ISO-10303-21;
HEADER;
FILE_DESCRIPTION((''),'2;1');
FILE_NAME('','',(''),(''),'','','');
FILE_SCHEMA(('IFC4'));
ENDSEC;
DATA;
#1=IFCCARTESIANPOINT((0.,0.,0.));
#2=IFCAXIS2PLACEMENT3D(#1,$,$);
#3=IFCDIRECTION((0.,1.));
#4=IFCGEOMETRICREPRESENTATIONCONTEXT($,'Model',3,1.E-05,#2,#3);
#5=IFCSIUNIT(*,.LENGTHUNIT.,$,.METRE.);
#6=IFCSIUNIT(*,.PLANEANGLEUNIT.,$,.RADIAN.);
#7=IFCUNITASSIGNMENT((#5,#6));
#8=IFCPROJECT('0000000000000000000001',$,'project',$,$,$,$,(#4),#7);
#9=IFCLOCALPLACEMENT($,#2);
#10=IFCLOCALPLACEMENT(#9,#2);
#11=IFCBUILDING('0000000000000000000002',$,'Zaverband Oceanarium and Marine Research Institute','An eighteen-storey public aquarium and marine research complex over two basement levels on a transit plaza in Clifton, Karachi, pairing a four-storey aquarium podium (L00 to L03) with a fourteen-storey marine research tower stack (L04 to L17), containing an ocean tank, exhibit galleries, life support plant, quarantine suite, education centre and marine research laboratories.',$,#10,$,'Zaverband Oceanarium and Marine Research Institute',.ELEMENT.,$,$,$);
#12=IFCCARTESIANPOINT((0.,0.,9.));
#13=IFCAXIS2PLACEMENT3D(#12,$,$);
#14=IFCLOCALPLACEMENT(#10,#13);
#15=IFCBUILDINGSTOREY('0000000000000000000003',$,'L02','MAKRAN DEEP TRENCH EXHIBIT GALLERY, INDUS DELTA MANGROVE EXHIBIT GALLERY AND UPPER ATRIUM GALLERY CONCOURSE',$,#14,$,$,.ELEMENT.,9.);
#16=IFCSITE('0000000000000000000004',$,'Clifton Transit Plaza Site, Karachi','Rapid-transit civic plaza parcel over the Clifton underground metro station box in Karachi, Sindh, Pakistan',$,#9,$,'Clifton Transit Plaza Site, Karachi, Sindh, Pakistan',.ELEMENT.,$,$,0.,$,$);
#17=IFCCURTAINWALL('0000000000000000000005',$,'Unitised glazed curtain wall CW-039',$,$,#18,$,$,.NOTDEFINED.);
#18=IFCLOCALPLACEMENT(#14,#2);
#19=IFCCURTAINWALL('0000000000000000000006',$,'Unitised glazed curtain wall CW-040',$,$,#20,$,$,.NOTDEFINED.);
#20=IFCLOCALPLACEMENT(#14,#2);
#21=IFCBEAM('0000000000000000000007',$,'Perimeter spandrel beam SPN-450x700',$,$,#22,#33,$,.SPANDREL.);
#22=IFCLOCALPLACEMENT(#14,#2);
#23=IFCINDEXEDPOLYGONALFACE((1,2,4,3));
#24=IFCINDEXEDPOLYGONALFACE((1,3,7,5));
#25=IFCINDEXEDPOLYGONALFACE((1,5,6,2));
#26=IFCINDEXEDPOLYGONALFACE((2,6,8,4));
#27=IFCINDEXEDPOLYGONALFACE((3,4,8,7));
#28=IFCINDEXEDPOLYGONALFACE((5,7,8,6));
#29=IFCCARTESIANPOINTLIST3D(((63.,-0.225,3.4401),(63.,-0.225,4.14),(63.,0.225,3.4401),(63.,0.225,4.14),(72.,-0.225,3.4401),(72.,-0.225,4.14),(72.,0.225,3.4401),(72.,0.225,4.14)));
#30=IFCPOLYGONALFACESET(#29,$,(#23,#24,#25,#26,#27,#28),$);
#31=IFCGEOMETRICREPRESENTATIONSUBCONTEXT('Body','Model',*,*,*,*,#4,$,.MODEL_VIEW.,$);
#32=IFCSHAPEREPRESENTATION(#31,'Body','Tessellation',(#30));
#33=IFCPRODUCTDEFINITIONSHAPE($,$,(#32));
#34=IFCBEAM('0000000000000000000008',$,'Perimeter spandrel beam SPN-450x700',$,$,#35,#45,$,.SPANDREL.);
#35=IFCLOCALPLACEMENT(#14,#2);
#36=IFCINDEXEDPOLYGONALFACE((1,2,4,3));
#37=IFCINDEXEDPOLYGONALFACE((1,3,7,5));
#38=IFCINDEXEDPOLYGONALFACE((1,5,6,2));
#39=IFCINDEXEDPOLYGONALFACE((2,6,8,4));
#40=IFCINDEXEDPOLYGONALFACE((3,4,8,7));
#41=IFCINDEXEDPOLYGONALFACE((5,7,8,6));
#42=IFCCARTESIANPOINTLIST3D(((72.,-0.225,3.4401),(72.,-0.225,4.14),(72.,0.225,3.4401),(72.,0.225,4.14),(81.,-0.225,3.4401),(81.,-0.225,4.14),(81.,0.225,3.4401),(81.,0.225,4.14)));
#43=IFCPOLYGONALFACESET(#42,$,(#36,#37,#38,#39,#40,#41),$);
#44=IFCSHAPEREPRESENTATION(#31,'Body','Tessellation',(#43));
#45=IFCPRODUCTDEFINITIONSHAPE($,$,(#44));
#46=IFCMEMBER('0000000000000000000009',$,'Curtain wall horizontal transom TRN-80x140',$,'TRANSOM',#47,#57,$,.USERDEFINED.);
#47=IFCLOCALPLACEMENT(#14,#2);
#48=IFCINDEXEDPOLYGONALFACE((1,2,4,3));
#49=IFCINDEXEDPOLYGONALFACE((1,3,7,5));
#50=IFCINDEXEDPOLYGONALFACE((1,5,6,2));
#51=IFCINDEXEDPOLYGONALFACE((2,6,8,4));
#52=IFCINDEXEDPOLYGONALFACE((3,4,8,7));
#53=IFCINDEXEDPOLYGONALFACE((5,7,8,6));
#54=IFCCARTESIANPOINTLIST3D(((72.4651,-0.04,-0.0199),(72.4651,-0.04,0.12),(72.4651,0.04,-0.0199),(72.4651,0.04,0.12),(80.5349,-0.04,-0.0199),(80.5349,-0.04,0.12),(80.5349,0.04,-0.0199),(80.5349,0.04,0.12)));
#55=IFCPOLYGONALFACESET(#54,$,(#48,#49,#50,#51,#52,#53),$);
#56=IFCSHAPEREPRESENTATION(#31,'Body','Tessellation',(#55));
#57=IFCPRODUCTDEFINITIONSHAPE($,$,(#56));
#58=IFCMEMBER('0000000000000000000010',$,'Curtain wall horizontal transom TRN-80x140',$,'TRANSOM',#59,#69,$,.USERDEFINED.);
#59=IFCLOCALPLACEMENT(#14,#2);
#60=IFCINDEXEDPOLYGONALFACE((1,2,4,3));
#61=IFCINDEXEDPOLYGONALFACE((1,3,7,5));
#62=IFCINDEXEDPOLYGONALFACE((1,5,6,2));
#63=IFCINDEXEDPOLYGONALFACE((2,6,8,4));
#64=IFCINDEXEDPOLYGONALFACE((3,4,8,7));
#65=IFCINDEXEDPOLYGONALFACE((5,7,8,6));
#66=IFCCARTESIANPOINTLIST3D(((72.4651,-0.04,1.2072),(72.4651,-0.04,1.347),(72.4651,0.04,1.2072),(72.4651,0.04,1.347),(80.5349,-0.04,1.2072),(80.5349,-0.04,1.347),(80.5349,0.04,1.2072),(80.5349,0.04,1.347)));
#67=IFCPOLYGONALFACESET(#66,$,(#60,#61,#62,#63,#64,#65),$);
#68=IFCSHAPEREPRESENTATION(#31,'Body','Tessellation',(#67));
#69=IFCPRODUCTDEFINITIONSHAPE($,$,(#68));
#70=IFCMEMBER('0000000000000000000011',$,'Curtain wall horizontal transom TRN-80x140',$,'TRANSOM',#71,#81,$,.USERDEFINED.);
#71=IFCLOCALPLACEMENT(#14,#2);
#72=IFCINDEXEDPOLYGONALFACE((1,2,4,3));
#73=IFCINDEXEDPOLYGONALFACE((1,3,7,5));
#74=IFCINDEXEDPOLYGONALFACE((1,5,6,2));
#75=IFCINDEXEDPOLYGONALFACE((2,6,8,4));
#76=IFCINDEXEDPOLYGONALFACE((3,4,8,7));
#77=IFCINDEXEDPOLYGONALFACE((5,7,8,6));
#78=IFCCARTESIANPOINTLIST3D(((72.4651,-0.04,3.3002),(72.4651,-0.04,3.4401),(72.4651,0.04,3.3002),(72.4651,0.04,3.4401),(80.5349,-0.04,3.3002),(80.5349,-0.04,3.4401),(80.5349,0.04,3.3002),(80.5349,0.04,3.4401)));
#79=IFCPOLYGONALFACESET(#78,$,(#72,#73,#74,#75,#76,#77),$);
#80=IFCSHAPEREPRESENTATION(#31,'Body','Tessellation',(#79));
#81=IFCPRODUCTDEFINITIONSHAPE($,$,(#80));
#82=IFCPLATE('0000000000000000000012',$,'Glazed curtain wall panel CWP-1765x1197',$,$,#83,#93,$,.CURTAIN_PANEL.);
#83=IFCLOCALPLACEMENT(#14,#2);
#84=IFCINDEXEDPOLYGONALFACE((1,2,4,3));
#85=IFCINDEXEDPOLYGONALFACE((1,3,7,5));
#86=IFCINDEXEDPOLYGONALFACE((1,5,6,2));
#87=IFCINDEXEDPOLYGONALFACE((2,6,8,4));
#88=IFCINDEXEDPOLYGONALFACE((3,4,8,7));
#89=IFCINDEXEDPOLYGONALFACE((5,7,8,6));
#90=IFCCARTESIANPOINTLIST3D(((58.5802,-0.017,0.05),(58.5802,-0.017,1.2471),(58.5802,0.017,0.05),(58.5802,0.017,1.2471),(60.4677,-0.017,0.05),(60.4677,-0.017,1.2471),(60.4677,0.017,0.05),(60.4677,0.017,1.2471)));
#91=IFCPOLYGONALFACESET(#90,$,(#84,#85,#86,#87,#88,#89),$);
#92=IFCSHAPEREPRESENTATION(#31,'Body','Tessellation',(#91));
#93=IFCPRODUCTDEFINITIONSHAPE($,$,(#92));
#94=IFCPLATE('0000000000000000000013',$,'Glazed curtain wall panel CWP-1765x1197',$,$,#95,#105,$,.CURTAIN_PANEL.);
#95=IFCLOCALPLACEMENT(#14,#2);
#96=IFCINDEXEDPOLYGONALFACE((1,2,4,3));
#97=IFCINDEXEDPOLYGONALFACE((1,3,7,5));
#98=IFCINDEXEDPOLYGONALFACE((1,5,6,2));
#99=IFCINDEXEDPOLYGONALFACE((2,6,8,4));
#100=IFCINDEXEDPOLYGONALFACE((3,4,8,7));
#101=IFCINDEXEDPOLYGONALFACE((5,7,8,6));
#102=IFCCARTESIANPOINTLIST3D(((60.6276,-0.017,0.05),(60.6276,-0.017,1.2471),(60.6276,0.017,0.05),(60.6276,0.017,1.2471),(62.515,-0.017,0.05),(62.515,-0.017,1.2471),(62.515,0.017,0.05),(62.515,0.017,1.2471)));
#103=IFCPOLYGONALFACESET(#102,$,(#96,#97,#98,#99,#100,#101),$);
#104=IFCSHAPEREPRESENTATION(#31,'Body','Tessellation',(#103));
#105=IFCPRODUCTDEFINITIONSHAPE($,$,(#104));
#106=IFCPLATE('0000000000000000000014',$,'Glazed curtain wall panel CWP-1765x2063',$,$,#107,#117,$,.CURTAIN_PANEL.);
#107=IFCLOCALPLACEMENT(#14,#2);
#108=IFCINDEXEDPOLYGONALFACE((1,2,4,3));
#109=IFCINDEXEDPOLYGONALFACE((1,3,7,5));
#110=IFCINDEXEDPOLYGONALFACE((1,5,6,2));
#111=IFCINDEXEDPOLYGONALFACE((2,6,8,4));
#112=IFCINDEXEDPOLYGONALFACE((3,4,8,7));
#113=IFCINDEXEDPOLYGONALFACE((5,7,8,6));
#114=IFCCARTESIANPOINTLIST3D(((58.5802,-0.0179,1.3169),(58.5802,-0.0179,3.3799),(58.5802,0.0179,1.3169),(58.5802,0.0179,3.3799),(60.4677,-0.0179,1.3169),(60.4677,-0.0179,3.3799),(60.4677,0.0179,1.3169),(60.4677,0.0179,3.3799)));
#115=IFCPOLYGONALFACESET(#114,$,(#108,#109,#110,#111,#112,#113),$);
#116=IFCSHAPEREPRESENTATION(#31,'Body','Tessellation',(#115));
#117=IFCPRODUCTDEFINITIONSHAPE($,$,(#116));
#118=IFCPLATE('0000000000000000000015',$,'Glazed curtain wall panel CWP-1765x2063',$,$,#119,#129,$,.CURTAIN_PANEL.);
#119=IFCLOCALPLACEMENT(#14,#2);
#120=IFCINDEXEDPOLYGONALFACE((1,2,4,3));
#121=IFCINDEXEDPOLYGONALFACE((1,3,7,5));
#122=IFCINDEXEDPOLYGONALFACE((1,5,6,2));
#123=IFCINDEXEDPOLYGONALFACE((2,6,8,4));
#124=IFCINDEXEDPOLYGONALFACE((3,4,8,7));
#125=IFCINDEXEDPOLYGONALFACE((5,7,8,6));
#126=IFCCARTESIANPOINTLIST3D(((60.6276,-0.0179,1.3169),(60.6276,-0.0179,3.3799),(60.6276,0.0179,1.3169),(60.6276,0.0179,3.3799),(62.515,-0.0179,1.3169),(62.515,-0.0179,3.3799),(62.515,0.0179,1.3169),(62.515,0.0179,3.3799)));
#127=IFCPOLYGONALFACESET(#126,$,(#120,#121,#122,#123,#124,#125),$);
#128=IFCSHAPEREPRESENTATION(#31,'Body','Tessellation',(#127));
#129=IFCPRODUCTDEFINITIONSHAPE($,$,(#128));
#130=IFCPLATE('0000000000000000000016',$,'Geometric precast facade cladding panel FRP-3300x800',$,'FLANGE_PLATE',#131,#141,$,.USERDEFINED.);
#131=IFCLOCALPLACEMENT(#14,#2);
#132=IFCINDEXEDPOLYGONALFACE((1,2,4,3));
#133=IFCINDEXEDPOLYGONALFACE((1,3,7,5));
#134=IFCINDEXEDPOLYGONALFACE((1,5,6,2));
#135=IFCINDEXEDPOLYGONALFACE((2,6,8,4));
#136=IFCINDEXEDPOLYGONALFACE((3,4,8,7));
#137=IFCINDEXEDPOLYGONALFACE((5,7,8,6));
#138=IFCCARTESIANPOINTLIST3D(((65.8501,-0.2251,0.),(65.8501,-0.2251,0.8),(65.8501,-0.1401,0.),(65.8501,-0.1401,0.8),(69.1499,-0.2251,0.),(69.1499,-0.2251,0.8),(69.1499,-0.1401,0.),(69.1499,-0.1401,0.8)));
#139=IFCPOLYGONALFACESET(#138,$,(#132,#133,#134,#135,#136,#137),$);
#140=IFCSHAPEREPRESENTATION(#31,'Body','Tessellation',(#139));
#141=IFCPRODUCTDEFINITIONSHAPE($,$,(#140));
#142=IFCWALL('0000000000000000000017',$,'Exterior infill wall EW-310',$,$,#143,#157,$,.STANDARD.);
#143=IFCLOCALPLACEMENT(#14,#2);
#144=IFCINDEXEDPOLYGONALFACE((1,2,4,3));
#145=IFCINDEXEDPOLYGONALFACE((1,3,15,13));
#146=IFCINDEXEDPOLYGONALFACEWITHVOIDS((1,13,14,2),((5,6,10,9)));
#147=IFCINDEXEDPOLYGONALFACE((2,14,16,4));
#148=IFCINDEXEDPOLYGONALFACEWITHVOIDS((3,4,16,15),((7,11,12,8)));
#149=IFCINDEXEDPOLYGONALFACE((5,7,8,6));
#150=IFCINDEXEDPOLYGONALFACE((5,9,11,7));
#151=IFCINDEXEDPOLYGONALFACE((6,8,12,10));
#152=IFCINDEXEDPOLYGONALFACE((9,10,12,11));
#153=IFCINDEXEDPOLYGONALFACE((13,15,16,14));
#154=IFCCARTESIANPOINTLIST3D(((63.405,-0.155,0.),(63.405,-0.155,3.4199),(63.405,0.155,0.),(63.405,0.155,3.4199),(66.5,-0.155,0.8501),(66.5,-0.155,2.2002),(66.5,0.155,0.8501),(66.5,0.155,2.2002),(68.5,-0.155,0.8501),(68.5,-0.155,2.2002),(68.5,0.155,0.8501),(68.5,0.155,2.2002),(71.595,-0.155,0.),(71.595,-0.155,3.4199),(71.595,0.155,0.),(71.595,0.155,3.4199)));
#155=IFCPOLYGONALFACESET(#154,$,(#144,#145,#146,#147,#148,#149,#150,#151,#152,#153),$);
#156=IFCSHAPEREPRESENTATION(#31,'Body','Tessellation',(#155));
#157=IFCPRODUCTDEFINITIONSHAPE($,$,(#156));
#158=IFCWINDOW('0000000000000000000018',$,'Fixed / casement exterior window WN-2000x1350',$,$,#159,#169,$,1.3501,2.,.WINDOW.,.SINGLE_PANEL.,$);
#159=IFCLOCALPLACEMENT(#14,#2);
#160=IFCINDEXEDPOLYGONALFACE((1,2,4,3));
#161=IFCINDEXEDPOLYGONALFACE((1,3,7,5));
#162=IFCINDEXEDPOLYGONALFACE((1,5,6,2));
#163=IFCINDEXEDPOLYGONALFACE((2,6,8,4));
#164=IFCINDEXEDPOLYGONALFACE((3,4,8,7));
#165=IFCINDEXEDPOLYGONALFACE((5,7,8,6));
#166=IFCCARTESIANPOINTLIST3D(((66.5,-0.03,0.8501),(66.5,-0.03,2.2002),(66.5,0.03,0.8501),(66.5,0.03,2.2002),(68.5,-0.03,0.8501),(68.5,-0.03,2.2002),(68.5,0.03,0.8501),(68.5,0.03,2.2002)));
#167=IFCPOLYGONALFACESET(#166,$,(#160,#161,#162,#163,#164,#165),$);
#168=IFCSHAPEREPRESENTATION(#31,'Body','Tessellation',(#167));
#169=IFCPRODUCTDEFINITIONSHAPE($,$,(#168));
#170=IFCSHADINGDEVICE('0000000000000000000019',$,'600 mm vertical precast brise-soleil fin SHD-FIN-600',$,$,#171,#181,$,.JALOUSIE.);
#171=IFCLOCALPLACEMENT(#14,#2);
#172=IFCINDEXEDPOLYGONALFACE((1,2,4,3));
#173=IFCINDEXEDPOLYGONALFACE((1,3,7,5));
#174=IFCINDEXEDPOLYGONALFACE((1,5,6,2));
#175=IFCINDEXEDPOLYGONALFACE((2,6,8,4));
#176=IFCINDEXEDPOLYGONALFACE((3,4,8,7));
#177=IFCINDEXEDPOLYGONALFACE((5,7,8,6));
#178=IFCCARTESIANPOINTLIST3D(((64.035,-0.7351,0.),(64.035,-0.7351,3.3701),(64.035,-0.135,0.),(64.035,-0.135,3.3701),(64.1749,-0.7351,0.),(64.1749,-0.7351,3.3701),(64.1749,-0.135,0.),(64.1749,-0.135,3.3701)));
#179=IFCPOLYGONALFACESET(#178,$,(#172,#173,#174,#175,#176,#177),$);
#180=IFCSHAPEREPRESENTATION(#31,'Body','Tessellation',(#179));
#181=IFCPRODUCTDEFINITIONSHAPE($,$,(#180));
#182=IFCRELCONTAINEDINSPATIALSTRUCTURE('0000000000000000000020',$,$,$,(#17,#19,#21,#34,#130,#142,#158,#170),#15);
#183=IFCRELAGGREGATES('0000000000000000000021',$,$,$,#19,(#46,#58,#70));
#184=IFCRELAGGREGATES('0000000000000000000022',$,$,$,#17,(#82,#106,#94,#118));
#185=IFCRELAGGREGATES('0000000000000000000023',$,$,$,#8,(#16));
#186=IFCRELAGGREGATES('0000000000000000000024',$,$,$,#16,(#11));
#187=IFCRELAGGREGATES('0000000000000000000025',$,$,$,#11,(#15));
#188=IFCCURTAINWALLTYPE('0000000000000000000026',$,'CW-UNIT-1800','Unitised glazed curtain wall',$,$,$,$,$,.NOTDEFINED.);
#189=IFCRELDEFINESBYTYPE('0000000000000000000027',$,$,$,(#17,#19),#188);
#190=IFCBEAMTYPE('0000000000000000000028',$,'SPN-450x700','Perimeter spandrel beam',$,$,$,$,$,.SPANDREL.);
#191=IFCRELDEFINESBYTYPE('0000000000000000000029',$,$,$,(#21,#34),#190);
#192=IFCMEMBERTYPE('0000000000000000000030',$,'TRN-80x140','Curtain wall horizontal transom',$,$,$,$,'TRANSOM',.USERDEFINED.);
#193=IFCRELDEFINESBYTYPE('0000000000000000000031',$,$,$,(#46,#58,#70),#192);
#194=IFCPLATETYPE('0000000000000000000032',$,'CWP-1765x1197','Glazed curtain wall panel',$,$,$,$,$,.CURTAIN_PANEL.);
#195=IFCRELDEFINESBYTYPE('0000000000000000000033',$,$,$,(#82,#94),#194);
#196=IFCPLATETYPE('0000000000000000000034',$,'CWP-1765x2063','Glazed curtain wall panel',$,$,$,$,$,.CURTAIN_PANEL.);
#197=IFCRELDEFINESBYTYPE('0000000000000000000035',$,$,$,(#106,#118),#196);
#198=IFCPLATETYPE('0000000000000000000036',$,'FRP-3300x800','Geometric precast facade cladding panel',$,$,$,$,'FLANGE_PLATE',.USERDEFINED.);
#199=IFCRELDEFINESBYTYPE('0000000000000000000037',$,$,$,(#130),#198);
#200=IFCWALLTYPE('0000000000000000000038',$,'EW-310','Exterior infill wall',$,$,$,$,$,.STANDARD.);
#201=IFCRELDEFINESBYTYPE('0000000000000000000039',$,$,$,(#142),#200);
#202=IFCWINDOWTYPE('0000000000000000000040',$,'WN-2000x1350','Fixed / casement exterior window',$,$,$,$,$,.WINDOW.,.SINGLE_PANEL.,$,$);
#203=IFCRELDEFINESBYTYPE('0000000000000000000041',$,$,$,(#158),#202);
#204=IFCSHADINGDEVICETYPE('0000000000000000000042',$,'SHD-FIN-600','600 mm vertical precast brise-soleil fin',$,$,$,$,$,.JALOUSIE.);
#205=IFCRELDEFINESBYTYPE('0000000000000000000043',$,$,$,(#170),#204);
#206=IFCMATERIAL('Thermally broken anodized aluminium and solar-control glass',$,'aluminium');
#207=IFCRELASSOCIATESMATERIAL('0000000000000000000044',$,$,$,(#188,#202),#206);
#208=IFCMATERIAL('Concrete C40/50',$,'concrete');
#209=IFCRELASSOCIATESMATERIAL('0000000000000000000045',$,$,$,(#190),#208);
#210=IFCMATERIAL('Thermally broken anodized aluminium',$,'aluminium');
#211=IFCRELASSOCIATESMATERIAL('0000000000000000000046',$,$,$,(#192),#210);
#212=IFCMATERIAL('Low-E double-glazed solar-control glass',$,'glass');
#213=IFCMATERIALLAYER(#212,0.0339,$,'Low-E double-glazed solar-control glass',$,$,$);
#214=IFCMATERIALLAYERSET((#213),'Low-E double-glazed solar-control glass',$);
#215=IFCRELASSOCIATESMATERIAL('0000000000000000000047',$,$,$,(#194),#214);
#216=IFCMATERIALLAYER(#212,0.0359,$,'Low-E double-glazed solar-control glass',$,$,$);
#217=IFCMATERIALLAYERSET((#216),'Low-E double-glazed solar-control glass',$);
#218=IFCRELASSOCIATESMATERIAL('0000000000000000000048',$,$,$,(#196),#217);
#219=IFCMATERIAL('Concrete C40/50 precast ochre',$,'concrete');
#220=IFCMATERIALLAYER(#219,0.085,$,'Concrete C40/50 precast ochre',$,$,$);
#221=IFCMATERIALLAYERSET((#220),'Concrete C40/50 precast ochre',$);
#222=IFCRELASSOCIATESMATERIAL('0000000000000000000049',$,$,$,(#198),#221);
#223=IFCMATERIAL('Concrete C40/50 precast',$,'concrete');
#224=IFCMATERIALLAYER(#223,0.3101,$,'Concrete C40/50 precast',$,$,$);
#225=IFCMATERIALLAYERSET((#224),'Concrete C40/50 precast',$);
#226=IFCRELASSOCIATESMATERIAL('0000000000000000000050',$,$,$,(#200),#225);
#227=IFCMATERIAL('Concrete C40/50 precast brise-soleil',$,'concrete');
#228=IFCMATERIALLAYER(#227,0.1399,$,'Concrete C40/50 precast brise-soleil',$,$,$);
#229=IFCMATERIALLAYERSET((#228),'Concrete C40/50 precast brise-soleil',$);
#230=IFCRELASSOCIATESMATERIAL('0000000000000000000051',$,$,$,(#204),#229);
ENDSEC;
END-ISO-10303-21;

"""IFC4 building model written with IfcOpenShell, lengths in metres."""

from ifc_helpers import new_model, si_unit, direction, frame, frame_2d, origin, origin_2d, place, context, subcontext, project, spatial, rectangle, extrude, material, layer, layer_set, material_profile, profile_set, type_object, element, fill, aggregate, save


model = new_model("IFC4")

# Units and contexts
model_context = context("Model", 3, precision=1e-05, world=origin(), true_north=direction((0.0, 1.0)))
body_context = subcontext(model_context, "Body", "Model", "MODEL_VIEW")
ifc_project = project(units=[si_unit("LENGTHUNIT", "METRE"), si_unit("PLANEANGLEUNIT", "RADIAN")], contexts=[model_context])

# Site, building, storey
site_placement = place(None, origin())
site = spatial("IfcSite", under=ifc_project, at=site_placement, Name="Clifton Transit Plaza Site, Karachi", Description="Rapid-transit civic plaza parcel over the Clifton underground metro station box in Karachi, Sindh, Pakistan", LongName="Clifton Transit Plaza Site, Karachi, Sindh, Pakistan", CompositionType="ELEMENT", RefElevation=0.0)
building_placement = place(site_placement, origin())
building = spatial("IfcBuilding", under=site, at=building_placement, Name="Zaverband Oceanarium and Marine Research Institute", Description="An eighteen-storey public aquarium and marine research complex over two basement levels on a transit plaza in Clifton, Karachi, pairing a four-storey aquarium podium (L00 to L03) with a fourteen-storey marine research tower stack (L04 to L17), containing an ocean tank, exhibit galleries, life support plant, quarantine suite, education centre and marine research laboratories.", LongName="Zaverband Oceanarium and Marine Research Institute", CompositionType="ELEMENT")
storey_placement = place(building_placement, frame((0.0, 0.0, 9.0)))
storey = spatial("IfcBuildingStorey", under=building, at=storey_placement, Name="L02", Description="MAKRAN DEEP TRENCH EXHIBIT GALLERY, INDUS DELTA MANGROVE EXHIBIT GALLERY AND UPPER ATRIUM GALLERY CONCOURSE", CompositionType="ELEMENT", Elevation=9.0)

# Shared definitions
ifc_material_1 = material(Name="Concrete C40/50", Category="concrete")

# Curtain wall
ifc_material_2 = material(Name="Thermally broken anodized aluminium and solar-control glass", Category="aluminium")
curtain_wall_type = type_object("IfcCurtainWallType", Name="CW-UNIT-1800", Description="Unitised glazed curtain wall", PredefinedType="NOTDEFINED", material=ifc_material_2)
curtain_wall_1_placement = place(storey_placement, origin())
curtain_wall_1 = element("IfcCurtainWall", 1, at=curtain_wall_1_placement, inside=storey, type_object=curtain_wall_type, Name="Unitised glazed curtain wall CW-039", PredefinedType="NOTDEFINED")
ifc_material_3 = material(Name="Thermally broken anodized aluminium", Category="aluminium")

# Curtain wall
curtain_wall_2_placement = place(storey_placement, origin())
curtain_wall_2 = element("IfcCurtainWall", 2, at=curtain_wall_2_placement, inside=storey, type_object=curtain_wall_type, Name="Unitised glazed curtain wall CW-040", PredefinedType="NOTDEFINED")

# Beams
ifc_material_profile_1 = material_profile(ifc_material_1, rectangle(XDim=0.45, YDim=0.7, at=origin_2d()), Name="RC450x700")
ifc_profile_set_1 = profile_set([ifc_material_profile_1], Name="Concrete C40/50")
beam_type_1 = type_object("IfcBeamType", Name="SPN-450x700", Description="Perimeter spandrel beam", PredefinedType="SPANDREL", material=ifc_profile_set_1)
for number, where, z_axis, x_axis, name in (
    (3, (63.0, 0.0, 3.79), (1.0, 0.0, 0.0), (0.0, 1.0, 0.0), "Perimeter spandrel beam SPN-450x700"),
    (4, (72.0, 0.0, 3.79), (1.0, 0.0, 0.0), (0.0, 1.0, 0.0), "Perimeter spandrel beam SPN-450x700"),
):
    element("IfcBeam", number, at=place(storey_placement, frame(where, z_axis=z_axis, x_axis=x_axis)), inside=storey, type_object=beam_type_1, Name=name, PredefinedType="SPANDREL", context=body_context, shape_type="SweptSolid", body=[
        extrude(rectangle(XDim=0.45, YDim=0.7, at=origin_2d()), origin(), (0.0, 0.0, 1.0), 9.0),
    ])

# Members
ifc_material_profile_2 = material_profile(ifc_material_3, rectangle(XDim=0.0801, YDim=0.1399, at=origin_2d()), Name="AL-TRN-80x140")
ifc_profile_set_2 = profile_set([ifc_material_profile_2], Name="Thermally broken anodized aluminium")
member_type_1 = type_object("IfcMemberType", Name="TRN-80x140", Description="Curtain wall horizontal transom", ElementType="TRANSOM", PredefinedType="USERDEFINED", material=ifc_profile_set_2)
member_1_placement = place(storey_placement, frame((72.4651, 0.0, 0.05), z_axis=(1.0, 0.0, 0.0), x_axis=(0.0, 1.0, 0.0)))
member_1 = element("IfcMember", 5, at=member_1_placement, type_object=member_type_1, Name="Curtain wall horizontal transom TRN-80x140", ObjectType="TRANSOM", PredefinedType="USERDEFINED", context=body_context, shape_type="SweptSolid", body=[
    extrude(rectangle(XDim=0.0801, YDim=0.1399, at=origin_2d()), origin(), (0.0, 0.0, 1.0), 8.0698),
])
member_2_placement = place(storey_placement, frame((72.4651, 0.0, 1.2771), z_axis=(1.0, 0.0, 0.0), x_axis=(0.0, 1.0, 0.0)))
member_2 = element("IfcMember", 6, at=member_2_placement, type_object=member_type_1, Name="Curtain wall horizontal transom TRN-80x140", ObjectType="TRANSOM", PredefinedType="USERDEFINED", context=body_context, shape_type="SweptSolid", body=[
    extrude(rectangle(XDim=0.0801, YDim=0.1399, at=origin_2d()), origin(), (0.0, 0.0, 1.0), 8.0698),
])
member_3_placement = place(storey_placement, frame((72.4651, 0.0, 3.3701), z_axis=(1.0, 0.0, 0.0), x_axis=(0.0, 1.0, 0.0)))
member_3 = element("IfcMember", 7, at=member_3_placement, type_object=member_type_1, Name="Curtain wall horizontal transom TRN-80x140", ObjectType="TRANSOM", PredefinedType="USERDEFINED", context=body_context, shape_type="SweptSolid", body=[
    extrude(rectangle(XDim=0.0801, YDim=0.1399, at=origin_2d()), origin(), (0.0, 0.0, 1.0), 8.0698),
])
aggregate(curtain_wall_2, [member_1, member_2, member_3])

# Plates
ifc_material_4 = material(Name="Low-E double-glazed solar-control glass", Category="glass")
ifc_layer_1 = layer(ifc_material_4, 0.0339, Name="Low-E double-glazed solar-control glass")
ifc_layer_set_1 = layer_set([ifc_layer_1], Name="Low-E double-glazed solar-control glass")
plate_type_1 = type_object("IfcPlateType", Name="CWP-1765x1197", Description="Glazed curtain wall panel", PredefinedType="CURTAIN_PANEL", material=ifc_layer_set_1)
plate_1_placement = place(storey_placement, frame((58.5801, 0.0, 0.05), z_axis=(0.0, 0.0, 1.0), x_axis=(1.0, 0.0, 0.0)))
plate_1 = element("IfcPlate", 8, at=plate_1_placement, type_object=plate_type_1, Name="Glazed curtain wall panel CWP-1765x1197", PredefinedType="CURTAIN_PANEL", context=body_context, shape_type="SweptSolid", body=[
    extrude(rectangle(XDim=1.8875, YDim=0.0339, at=frame_2d((0.9438, 0.0))), origin(), (0.0, 0.0, 1.0), 1.197),
])
plate_2_placement = place(storey_placement, frame((60.6274, 0.0, 0.05), z_axis=(0.0, 0.0, 1.0), x_axis=(1.0, 0.0, 0.0)))
plate_2 = element("IfcPlate", 9, at=plate_2_placement, type_object=plate_type_1, Name="Glazed curtain wall panel CWP-1765x1197", PredefinedType="CURTAIN_PANEL", context=body_context, shape_type="SweptSolid", body=[
    extrude(rectangle(XDim=1.8875, YDim=0.0339, at=frame_2d((0.9438, 0.0))), origin(), (0.0, 0.0, 1.0), 1.197),
])
ifc_layer_2 = layer(ifc_material_4, 0.0359, Name="Low-E double-glazed solar-control glass")
ifc_layer_set_2 = layer_set([ifc_layer_2], Name="Low-E double-glazed solar-control glass")
plate_type_2 = type_object("IfcPlateType", Name="CWP-1765x2063", Description="Glazed curtain wall panel", PredefinedType="CURTAIN_PANEL", material=ifc_layer_set_2)
plate_3_placement = place(storey_placement, frame((58.5801, 0.0, 1.3169), z_axis=(0.0, 0.0, 1.0), x_axis=(1.0, 0.0, 0.0)))
plate_3 = element("IfcPlate", 10, at=plate_3_placement, type_object=plate_type_2, Name="Glazed curtain wall panel CWP-1765x2063", PredefinedType="CURTAIN_PANEL", context=body_context, shape_type="SweptSolid", body=[
    extrude(rectangle(XDim=1.8875, YDim=0.0359, at=frame_2d((0.9438, 0.0))), origin(), (0.0, 0.0, 1.0), 2.063),
])
plate_4_placement = place(storey_placement, frame((60.6274, 0.0, 1.3169), z_axis=(0.0, 0.0, 1.0), x_axis=(1.0, 0.0, 0.0)))
plate_4 = element("IfcPlate", 11, at=plate_4_placement, type_object=plate_type_2, Name="Glazed curtain wall panel CWP-1765x2063", PredefinedType="CURTAIN_PANEL", context=body_context, shape_type="SweptSolid", body=[
    extrude(rectangle(XDim=1.8875, YDim=0.0359, at=frame_2d((0.9438, 0.0))), origin(), (0.0, 0.0, 1.0), 2.063),
])
aggregate(curtain_wall_1, [plate_1, plate_3, plate_2, plate_4])
ifc_material_5 = material(Name="Concrete C40/50 precast ochre", Category="concrete")
ifc_layer_3 = layer(ifc_material_5, 0.085, Name="Concrete C40/50 precast ochre")
ifc_layer_set_3 = layer_set([ifc_layer_3], Name="Concrete C40/50 precast ochre")
plate_type_3 = type_object("IfcPlateType", Name="FRP-3300x800", Description="Geometric precast facade cladding panel", ElementType="FLANGE_PLATE", PredefinedType="USERDEFINED", material=ifc_layer_set_3)
plate_5_placement = place(storey_placement, frame((65.8501, -0.1826, 0.0), z_axis=(0.0, 0.0, 1.0), x_axis=(1.0, 0.0, 0.0)))
element("IfcPlate", 12, at=plate_5_placement, inside=storey, type_object=plate_type_3, Name="Geometric precast facade cladding panel FRP-3300x800", ObjectType="FLANGE_PLATE", PredefinedType="USERDEFINED", context=body_context, shape_type="SweptSolid", body=[
    extrude(rectangle(XDim=3.2998, YDim=0.085, at=frame_2d((1.6499, 0.0))), origin(), (0.0, 0.0, 1.0), 0.8),
])

# Wall, opening, window
ifc_material_6 = material(Name="Concrete C40/50 precast", Category="concrete")
ifc_layer_4 = layer(ifc_material_6, 0.3101, Name="Concrete C40/50 precast")
ifc_layer_set_4 = layer_set([ifc_layer_4], Name="Concrete C40/50 precast")
wall_type = type_object("IfcWallType", Name="EW-310", Description="Exterior infill wall", PredefinedType="STANDARD", material=ifc_layer_set_4)
wall_placement = place(storey_placement, frame((63.405, 0.0, 0.0), z_axis=(0.0, 0.0, 1.0), x_axis=(1.0, 0.0, 0.0)))
wall = element("IfcWall", 13, at=wall_placement, inside=storey, type_object=wall_type, Name="Exterior infill wall EW-310", PredefinedType="STANDARD", context=body_context, shape_type="SweptSolid", body=[
    extrude(rectangle(XDim=8.1899, YDim=0.3101, at=frame_2d((4.095, 0.0))), origin(), (0.0, 0.0, 1.0), 3.4199),
])
opening_placement = place(wall_placement, frame((3.095, 0.0, 0.8501)))
opening = element("IfcOpeningElement", 14, at=opening_placement, cuts=wall, PredefinedType="OPENING", context=body_context, shape_type="SweptSolid", body=[
    extrude(rectangle(XDim=2.0, YDim=1.3501, at=frame_2d((1.0, 0.675))), frame((0.0, 0.167, 0.0), z_axis=(0.0, -1.0, 0.0), x_axis=(1.0, 0.0, 0.0)), (0.0, 0.0, 1.0), 0.334),
])
window_type = type_object("IfcWindowType", Name="WN-2000x1350", Description="Fixed / casement exterior window", PartitioningType="SINGLE_PANEL", PredefinedType="WINDOW", material=ifc_material_2)
window_placement = place(opening_placement, origin())
window = element("IfcWindow", 15, at=window_placement, inside=storey, type_object=window_type, Name="Fixed / casement exterior window WN-2000x1350", OverallHeight=1.3501, OverallWidth=2.0, PartitioningType="SINGLE_PANEL", PredefinedType="WINDOW", context=body_context, shape_type="SweptSolid", body=[
    extrude(rectangle(XDim=2.0, YDim=1.3501, at=frame_2d((1.0, 0.675))), frame((0.0, 0.03, 0.0), z_axis=(0.0, -1.0, 0.0), x_axis=(1.0, 0.0, 0.0)), (0.0, 0.0, 1.0), 0.0601),
])
fill(opening, window)

# Shading device
ifc_material_7 = material(Name="Concrete C40/50 precast brise-soleil", Category="concrete")
ifc_layer_5 = layer(ifc_material_7, 0.1399, Name="Concrete C40/50 precast brise-soleil")
ifc_layer_set_5 = layer_set([ifc_layer_5], Name="Concrete C40/50 precast brise-soleil")
shading_device_type = type_object("IfcShadingDeviceType", Name="SHD-FIN-600", Description="600 mm vertical precast brise-soleil fin", PredefinedType="JALOUSIE", material=ifc_layer_set_5)
shading_device_placement = place(storey_placement, frame((64.105, -0.135, 0.0), z_axis=(0.0, 0.0, 1.0), x_axis=(0.0, -1.0, 0.0)))
element("IfcShadingDevice", 16, at=shading_device_placement, inside=storey, type_object=shading_device_type, Name="600 mm vertical precast brise-soleil fin SHD-FIN-600", PredefinedType="JALOUSIE", context=body_context, shape_type="SweptSolid", body=[
    extrude(rectangle(XDim=0.6001, YDim=0.1399, at=frame_2d((0.3, 0.0))), origin(), (0.0, 0.0, 1.0), 3.3701),
])

save(model, "model.ifc")
